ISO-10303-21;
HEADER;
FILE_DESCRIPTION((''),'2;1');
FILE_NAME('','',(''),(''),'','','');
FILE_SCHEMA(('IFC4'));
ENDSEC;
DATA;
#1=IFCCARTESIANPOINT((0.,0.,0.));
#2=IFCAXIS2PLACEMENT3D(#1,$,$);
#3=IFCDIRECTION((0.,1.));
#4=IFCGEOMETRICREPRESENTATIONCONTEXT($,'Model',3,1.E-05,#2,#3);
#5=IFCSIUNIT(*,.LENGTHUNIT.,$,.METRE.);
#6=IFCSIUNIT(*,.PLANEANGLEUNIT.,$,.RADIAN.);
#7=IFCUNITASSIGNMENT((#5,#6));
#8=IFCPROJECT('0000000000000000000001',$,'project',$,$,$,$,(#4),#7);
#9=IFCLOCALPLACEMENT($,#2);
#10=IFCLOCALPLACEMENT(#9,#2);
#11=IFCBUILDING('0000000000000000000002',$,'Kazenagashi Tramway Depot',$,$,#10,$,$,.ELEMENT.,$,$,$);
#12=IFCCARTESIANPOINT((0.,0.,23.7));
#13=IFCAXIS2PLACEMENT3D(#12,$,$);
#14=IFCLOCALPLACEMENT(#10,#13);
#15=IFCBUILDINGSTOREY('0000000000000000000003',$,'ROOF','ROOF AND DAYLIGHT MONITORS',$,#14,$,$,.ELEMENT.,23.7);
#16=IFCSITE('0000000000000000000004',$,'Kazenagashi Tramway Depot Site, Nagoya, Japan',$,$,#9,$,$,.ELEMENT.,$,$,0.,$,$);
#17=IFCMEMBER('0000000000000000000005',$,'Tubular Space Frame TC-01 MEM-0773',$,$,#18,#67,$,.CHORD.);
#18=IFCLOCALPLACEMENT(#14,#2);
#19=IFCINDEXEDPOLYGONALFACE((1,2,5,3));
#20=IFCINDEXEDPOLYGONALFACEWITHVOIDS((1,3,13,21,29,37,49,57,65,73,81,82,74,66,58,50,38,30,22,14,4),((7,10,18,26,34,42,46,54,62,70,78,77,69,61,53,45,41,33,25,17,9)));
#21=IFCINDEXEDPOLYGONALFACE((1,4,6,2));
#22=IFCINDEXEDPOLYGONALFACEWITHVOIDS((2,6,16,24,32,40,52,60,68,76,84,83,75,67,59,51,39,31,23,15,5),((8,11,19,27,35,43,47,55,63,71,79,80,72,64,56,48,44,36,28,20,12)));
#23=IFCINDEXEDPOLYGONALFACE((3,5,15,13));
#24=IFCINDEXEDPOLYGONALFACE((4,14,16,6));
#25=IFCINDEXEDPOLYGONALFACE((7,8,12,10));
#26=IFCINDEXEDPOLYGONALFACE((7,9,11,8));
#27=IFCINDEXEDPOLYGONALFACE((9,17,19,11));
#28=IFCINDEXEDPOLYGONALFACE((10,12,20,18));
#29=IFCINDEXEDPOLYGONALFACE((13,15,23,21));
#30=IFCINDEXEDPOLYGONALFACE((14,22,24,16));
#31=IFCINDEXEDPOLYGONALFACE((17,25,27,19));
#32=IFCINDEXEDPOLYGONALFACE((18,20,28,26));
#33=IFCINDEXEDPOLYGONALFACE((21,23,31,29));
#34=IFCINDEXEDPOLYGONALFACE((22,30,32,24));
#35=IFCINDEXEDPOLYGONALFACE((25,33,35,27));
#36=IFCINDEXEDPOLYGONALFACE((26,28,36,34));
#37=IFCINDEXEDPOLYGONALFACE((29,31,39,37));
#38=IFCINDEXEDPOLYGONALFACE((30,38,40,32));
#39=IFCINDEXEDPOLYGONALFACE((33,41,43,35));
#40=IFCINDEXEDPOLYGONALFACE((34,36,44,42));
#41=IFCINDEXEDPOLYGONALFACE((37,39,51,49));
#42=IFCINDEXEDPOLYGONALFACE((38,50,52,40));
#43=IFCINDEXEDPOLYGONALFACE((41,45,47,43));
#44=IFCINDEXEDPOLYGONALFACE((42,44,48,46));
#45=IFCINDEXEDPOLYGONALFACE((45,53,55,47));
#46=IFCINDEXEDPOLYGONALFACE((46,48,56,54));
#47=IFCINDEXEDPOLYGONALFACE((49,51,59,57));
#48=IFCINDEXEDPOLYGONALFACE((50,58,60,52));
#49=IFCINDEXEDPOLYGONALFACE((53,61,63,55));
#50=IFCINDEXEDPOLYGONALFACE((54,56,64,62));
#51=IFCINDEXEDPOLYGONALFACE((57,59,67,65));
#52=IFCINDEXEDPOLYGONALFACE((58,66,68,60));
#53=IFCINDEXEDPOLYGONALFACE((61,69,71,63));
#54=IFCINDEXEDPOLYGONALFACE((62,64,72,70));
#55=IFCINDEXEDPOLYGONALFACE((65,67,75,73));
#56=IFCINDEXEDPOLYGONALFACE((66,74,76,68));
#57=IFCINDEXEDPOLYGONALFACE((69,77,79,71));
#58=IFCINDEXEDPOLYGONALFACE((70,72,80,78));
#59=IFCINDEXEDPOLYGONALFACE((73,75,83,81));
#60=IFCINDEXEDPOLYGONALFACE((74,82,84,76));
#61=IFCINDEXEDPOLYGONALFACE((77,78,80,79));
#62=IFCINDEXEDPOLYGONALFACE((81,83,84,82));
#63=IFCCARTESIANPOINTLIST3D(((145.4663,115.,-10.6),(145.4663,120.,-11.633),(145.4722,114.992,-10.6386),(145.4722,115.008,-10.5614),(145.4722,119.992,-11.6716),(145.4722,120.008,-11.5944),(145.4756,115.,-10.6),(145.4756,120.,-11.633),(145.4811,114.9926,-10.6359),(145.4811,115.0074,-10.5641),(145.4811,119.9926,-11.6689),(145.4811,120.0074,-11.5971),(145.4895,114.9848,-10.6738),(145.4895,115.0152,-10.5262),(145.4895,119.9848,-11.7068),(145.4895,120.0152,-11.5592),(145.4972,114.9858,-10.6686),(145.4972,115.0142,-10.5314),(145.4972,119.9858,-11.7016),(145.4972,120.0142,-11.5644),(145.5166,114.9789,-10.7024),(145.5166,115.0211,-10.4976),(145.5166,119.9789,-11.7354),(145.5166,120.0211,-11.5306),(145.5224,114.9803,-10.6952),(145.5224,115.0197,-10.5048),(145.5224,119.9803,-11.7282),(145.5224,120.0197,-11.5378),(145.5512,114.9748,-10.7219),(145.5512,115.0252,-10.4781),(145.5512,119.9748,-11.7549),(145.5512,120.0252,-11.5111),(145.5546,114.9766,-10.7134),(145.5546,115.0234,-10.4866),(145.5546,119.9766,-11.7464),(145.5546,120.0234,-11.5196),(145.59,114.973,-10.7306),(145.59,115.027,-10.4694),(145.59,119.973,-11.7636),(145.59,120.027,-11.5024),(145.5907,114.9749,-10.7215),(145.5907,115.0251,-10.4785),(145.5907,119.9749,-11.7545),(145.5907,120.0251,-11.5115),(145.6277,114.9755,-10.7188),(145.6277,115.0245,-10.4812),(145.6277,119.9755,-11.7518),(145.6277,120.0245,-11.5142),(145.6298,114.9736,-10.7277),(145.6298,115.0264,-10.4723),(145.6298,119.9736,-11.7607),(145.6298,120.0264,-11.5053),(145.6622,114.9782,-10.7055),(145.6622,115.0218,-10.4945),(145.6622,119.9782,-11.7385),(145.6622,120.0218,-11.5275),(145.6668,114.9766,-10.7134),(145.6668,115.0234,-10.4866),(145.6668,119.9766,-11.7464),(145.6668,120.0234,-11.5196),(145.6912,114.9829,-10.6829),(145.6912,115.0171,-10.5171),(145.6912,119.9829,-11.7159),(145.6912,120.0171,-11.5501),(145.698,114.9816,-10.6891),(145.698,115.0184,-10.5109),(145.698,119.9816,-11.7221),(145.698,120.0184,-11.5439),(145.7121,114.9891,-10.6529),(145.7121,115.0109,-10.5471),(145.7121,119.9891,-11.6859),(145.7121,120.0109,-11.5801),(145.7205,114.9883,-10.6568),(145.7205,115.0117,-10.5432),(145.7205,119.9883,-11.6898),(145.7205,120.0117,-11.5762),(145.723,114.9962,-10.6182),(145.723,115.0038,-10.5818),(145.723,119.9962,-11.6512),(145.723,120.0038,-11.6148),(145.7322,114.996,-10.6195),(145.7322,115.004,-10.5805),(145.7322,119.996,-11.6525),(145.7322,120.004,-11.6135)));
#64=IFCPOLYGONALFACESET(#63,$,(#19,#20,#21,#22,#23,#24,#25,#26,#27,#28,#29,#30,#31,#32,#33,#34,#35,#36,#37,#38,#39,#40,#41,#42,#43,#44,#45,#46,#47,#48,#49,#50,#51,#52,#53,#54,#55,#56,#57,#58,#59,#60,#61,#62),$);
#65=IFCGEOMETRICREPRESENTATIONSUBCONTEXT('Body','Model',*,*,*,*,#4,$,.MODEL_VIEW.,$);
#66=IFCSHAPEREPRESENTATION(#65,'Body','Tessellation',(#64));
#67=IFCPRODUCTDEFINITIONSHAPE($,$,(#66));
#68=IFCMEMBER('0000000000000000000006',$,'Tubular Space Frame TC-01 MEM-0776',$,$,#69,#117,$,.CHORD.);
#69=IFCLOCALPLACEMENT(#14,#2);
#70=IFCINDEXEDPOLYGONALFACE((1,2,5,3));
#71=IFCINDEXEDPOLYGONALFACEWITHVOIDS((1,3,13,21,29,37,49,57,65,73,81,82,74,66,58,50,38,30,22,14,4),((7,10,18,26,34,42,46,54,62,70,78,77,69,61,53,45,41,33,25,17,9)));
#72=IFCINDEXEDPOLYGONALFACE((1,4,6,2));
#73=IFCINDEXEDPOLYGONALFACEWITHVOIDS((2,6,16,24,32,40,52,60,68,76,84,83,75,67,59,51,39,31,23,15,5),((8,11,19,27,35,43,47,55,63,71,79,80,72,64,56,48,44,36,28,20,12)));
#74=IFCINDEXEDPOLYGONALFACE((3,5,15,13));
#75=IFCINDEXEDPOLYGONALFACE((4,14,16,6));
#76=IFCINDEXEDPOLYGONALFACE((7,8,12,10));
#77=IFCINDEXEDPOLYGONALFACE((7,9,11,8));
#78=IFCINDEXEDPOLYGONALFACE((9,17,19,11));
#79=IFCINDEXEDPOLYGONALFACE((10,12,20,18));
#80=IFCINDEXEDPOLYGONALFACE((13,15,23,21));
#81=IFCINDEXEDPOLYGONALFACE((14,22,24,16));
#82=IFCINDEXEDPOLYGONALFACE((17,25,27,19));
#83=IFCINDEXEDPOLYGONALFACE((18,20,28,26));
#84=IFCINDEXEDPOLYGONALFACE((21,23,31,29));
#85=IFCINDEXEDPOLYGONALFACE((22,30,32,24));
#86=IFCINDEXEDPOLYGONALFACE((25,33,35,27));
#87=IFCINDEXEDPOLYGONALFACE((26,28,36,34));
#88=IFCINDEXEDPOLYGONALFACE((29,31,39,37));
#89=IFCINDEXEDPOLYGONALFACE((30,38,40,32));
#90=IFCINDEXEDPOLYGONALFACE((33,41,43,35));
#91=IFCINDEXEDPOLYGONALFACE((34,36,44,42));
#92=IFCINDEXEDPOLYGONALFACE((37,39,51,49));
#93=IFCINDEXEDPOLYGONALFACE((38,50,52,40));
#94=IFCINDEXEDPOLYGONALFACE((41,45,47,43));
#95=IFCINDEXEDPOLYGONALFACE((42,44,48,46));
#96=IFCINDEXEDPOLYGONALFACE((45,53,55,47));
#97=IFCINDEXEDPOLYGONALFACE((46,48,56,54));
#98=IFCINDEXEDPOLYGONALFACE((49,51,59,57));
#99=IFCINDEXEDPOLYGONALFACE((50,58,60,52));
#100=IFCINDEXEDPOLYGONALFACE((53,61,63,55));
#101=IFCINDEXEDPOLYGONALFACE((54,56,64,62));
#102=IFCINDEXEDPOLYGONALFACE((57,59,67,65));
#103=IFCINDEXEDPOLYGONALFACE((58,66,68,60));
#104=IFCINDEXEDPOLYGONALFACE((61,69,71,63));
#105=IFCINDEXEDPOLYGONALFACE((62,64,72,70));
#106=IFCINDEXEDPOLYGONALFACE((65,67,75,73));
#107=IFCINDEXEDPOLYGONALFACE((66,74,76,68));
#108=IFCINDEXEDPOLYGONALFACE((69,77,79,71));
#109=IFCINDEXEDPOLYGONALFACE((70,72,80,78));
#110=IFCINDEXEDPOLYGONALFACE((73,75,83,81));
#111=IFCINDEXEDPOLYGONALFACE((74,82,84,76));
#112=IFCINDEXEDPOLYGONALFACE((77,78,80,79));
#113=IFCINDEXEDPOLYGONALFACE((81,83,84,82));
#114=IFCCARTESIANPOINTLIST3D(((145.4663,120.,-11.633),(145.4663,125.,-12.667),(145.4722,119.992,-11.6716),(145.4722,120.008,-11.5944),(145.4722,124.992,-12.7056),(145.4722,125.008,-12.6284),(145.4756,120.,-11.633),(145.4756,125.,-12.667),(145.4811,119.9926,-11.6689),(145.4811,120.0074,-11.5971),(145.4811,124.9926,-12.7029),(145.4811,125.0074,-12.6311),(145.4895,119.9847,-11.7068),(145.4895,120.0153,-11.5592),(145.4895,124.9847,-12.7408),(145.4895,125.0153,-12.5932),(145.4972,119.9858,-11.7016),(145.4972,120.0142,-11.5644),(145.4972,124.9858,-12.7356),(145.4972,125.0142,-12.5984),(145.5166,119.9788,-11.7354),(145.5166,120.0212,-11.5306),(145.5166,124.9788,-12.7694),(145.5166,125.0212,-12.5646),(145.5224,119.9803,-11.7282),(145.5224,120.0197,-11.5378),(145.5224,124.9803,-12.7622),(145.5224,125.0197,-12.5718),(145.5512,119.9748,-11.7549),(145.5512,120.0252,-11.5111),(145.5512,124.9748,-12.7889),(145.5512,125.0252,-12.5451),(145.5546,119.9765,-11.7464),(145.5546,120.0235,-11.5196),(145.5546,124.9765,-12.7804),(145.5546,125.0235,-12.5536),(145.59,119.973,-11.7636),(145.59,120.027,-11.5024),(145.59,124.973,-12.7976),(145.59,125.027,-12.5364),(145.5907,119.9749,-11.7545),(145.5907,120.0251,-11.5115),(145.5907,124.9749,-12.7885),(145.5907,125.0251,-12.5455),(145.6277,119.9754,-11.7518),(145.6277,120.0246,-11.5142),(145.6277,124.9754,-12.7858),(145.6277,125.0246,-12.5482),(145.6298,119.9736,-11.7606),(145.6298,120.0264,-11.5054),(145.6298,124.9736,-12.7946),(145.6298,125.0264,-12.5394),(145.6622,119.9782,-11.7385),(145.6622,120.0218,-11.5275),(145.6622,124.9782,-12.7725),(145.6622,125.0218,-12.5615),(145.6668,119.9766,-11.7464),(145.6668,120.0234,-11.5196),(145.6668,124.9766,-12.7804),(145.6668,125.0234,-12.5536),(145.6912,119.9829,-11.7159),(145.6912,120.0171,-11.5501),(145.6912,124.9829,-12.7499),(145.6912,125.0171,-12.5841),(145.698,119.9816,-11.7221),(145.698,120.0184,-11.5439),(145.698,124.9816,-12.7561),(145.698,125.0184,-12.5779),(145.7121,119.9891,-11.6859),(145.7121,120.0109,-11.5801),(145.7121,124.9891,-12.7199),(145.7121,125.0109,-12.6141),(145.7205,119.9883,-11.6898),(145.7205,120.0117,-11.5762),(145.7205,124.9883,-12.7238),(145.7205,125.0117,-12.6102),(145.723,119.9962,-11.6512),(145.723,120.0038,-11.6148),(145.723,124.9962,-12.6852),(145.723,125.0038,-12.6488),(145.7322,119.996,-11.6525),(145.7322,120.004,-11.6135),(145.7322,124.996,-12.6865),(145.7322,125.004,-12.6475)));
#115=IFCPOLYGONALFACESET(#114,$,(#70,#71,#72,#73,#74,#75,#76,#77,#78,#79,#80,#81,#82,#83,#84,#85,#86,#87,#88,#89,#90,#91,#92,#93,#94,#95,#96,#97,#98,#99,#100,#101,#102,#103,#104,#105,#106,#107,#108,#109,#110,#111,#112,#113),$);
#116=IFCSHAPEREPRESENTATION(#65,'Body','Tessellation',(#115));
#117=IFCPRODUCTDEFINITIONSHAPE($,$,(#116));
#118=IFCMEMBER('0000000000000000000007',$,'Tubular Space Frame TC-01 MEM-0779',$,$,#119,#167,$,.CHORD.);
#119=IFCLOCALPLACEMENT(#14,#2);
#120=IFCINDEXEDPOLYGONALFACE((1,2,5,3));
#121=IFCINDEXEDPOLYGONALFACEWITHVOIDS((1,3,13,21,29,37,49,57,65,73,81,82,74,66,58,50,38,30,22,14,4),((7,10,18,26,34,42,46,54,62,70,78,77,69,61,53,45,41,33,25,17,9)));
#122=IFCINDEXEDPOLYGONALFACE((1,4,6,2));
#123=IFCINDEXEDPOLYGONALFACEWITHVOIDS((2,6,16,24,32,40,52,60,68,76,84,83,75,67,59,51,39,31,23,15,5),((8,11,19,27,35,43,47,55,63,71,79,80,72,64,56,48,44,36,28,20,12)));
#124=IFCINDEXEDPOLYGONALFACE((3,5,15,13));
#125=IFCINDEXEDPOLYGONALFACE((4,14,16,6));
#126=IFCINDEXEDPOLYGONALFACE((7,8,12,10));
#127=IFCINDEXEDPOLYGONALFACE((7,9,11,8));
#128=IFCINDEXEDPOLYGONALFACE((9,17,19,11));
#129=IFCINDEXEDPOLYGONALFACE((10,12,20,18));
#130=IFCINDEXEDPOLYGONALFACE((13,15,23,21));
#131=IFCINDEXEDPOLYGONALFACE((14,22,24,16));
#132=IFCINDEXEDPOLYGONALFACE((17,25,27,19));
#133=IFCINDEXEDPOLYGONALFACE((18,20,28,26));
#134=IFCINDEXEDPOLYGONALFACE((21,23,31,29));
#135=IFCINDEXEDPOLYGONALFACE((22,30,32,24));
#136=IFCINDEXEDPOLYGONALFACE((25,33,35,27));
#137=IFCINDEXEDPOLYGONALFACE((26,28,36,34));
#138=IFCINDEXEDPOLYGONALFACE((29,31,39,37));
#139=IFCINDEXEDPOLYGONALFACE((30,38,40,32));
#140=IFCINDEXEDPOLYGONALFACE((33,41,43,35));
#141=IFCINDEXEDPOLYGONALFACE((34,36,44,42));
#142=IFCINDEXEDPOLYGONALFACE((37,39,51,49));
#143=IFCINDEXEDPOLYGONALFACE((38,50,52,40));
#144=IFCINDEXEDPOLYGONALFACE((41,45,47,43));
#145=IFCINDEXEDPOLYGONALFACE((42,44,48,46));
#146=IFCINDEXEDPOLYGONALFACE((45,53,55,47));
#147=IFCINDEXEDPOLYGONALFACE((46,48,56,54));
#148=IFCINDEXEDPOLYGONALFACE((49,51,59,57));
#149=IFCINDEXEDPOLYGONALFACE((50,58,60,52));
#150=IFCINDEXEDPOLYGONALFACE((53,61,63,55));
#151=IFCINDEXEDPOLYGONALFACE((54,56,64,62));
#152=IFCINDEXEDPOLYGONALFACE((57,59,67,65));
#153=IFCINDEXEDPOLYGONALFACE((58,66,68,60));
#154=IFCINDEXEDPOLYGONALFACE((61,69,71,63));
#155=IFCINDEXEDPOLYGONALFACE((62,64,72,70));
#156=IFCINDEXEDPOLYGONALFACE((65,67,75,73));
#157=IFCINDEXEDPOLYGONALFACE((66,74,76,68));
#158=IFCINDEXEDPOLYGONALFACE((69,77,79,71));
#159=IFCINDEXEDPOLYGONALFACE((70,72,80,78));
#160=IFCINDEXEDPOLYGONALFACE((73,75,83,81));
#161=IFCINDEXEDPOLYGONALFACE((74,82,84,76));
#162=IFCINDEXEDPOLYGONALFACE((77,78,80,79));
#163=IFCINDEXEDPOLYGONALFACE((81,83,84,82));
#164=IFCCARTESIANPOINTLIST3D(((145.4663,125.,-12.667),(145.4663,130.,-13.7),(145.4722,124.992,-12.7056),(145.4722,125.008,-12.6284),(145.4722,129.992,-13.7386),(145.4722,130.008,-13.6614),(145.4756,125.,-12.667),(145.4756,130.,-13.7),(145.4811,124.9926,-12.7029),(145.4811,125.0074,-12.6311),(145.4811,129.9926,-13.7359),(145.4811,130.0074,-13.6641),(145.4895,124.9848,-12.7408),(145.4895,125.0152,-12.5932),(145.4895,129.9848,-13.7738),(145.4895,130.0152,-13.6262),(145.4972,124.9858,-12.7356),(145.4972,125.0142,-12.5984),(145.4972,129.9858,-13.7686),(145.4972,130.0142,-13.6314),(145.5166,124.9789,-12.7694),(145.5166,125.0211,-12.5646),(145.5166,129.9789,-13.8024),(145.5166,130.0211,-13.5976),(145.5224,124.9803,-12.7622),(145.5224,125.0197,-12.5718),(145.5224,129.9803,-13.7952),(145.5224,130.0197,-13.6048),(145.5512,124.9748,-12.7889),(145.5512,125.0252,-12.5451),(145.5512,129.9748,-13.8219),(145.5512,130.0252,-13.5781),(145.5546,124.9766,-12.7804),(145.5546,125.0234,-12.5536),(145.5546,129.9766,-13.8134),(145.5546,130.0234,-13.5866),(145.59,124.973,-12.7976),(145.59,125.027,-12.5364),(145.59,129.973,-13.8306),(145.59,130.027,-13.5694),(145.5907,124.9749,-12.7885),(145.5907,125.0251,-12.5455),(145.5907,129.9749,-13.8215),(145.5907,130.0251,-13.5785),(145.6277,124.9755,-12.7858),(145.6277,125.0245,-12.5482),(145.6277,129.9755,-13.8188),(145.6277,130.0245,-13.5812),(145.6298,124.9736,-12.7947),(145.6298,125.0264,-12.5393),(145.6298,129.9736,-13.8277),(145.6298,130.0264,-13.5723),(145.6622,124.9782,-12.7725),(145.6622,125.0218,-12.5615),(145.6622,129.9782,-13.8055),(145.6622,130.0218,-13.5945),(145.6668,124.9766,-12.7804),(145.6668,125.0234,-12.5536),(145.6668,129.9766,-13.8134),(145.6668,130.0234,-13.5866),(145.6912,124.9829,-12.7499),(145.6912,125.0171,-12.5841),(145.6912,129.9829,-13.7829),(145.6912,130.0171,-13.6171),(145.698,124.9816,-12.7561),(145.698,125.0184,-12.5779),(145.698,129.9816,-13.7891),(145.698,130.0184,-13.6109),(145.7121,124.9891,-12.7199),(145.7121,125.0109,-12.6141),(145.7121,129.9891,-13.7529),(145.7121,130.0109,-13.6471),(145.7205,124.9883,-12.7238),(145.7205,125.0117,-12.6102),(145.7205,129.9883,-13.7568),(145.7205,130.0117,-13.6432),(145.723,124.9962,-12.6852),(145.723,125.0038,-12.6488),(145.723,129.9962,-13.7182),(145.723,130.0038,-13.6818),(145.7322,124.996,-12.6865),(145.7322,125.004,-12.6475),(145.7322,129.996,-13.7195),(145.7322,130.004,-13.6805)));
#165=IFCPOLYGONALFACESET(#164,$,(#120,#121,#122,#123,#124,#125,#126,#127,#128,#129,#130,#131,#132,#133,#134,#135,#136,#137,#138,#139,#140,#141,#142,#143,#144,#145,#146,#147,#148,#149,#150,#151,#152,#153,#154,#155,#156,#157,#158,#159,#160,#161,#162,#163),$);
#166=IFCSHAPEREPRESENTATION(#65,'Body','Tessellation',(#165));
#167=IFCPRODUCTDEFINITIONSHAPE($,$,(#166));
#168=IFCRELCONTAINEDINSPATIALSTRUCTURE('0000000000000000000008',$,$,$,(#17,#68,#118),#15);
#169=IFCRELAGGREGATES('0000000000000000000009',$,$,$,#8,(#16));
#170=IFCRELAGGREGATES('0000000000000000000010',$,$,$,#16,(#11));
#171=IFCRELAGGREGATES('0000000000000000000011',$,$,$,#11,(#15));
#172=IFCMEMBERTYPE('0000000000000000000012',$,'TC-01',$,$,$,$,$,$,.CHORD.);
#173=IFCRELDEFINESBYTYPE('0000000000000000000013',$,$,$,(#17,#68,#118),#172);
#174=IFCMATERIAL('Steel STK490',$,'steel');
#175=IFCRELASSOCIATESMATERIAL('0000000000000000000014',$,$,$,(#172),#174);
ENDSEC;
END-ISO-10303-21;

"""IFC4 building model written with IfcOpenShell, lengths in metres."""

from ifc_helpers import new_model, si_unit, direction, frame, origin, origin_2d, place, context, subcontext, project, spatial, hollow_circle, extrude, material, material_profile, profile_set, type_object, element, save


model = new_model("IFC4")

# Units and contexts
model_context = context("Model", 3, precision=1e-05, world=origin(), true_north=direction((0.0, 1.0)))
body_context = subcontext(model_context, "Body", "Model", "MODEL_VIEW")
ifc_project = project(units=[si_unit("LENGTHUNIT", "METRE"), si_unit("PLANEANGLEUNIT", "RADIAN")], contexts=[model_context])

# Site, building, storey
site_placement = place(None, origin())
site = spatial("IfcSite", under=ifc_project, at=site_placement, Name="Kazenagashi Tramway Depot Site, Nagoya, Japan", CompositionType="ELEMENT", RefElevation=0.0)
building_placement = place(site_placement, origin())
building = spatial("IfcBuilding", under=site, at=building_placement, Name="Kazenagashi Tramway Depot", CompositionType="ELEMENT")
storey_placement = place(building_placement, frame((0.0, 0.0, 23.7)))
storey = spatial("IfcBuildingStorey", under=building, at=storey_placement, Name="ROOF", Description="ROOF AND DAYLIGHT MONITORS", CompositionType="ELEMENT", Elevation=23.7)

# Members
ifc_material_1 = material(Name="Steel STK490", Category="steel")
ifc_material_profile_1 = material_profile(ifc_material_1, hollow_circle(Radius=0.1337, WallThickness=0.0093, at=origin_2d()), Name="CHS-267.4x9.3")
ifc_profile_set_1 = profile_set([ifc_material_profile_1], Name="Steel STK490")
member_type_1 = type_object("IfcMemberType", Name="TC-01", PredefinedType="CHORD", material=ifc_profile_set_1)
for number, where, z_axis, x_axis, name in (
    (1, (145.6, 115.0, -10.6), (0.0, 0.979318, -0.202327), (-1.0, 0.0, 0.0), "Tubular Space Frame TC-01 MEM-0773"),
):
    element("IfcMember", number, at=place(storey_placement, frame(where, z_axis=z_axis, x_axis=x_axis)), inside=storey, type_object=member_type_1, Name=name, PredefinedType="CHORD", context=body_context, shape_type="SweptSolid", body=[
        extrude(hollow_circle(Radius=0.1337, WallThickness=0.0093, at=origin_2d()), origin(), (0.0, 0.0, 1.0), 5.1056),
    ])
member_1_placement = place(storey_placement, frame((145.6, 120.0, -11.633), z_axis=(0.0, 0.979279, -0.202515), x_axis=(-1.0, 0.0, 0.0)))
element("IfcMember", 2, at=member_1_placement, inside=storey, type_object=member_type_1, Name="Tubular Space Frame TC-01 MEM-0776", PredefinedType="CHORD", context=body_context, shape_type="SweptSolid", body=[
    extrude(hollow_circle(Radius=0.1337, WallThickness=0.0093, at=origin_2d()), origin(), (0.0, 0.0, 1.0), 5.1058),
])
member_2_placement = place(storey_placement, frame((145.6, 125.0, -12.667), z_axis=(0.0, 0.979318, -0.202327), x_axis=(-1.0, 0.0, 0.0)))
element("IfcMember", 3, at=member_2_placement, inside=storey, type_object=member_type_1, Name="Tubular Space Frame TC-01 MEM-0779", PredefinedType="CHORD", context=body_context, shape_type="SweptSolid", body=[
    extrude(hollow_circle(Radius=0.1337, WallThickness=0.0093, at=origin_2d()), origin(), (0.0, 0.0, 1.0), 5.1056),
])

save(model, "model.ifc")
